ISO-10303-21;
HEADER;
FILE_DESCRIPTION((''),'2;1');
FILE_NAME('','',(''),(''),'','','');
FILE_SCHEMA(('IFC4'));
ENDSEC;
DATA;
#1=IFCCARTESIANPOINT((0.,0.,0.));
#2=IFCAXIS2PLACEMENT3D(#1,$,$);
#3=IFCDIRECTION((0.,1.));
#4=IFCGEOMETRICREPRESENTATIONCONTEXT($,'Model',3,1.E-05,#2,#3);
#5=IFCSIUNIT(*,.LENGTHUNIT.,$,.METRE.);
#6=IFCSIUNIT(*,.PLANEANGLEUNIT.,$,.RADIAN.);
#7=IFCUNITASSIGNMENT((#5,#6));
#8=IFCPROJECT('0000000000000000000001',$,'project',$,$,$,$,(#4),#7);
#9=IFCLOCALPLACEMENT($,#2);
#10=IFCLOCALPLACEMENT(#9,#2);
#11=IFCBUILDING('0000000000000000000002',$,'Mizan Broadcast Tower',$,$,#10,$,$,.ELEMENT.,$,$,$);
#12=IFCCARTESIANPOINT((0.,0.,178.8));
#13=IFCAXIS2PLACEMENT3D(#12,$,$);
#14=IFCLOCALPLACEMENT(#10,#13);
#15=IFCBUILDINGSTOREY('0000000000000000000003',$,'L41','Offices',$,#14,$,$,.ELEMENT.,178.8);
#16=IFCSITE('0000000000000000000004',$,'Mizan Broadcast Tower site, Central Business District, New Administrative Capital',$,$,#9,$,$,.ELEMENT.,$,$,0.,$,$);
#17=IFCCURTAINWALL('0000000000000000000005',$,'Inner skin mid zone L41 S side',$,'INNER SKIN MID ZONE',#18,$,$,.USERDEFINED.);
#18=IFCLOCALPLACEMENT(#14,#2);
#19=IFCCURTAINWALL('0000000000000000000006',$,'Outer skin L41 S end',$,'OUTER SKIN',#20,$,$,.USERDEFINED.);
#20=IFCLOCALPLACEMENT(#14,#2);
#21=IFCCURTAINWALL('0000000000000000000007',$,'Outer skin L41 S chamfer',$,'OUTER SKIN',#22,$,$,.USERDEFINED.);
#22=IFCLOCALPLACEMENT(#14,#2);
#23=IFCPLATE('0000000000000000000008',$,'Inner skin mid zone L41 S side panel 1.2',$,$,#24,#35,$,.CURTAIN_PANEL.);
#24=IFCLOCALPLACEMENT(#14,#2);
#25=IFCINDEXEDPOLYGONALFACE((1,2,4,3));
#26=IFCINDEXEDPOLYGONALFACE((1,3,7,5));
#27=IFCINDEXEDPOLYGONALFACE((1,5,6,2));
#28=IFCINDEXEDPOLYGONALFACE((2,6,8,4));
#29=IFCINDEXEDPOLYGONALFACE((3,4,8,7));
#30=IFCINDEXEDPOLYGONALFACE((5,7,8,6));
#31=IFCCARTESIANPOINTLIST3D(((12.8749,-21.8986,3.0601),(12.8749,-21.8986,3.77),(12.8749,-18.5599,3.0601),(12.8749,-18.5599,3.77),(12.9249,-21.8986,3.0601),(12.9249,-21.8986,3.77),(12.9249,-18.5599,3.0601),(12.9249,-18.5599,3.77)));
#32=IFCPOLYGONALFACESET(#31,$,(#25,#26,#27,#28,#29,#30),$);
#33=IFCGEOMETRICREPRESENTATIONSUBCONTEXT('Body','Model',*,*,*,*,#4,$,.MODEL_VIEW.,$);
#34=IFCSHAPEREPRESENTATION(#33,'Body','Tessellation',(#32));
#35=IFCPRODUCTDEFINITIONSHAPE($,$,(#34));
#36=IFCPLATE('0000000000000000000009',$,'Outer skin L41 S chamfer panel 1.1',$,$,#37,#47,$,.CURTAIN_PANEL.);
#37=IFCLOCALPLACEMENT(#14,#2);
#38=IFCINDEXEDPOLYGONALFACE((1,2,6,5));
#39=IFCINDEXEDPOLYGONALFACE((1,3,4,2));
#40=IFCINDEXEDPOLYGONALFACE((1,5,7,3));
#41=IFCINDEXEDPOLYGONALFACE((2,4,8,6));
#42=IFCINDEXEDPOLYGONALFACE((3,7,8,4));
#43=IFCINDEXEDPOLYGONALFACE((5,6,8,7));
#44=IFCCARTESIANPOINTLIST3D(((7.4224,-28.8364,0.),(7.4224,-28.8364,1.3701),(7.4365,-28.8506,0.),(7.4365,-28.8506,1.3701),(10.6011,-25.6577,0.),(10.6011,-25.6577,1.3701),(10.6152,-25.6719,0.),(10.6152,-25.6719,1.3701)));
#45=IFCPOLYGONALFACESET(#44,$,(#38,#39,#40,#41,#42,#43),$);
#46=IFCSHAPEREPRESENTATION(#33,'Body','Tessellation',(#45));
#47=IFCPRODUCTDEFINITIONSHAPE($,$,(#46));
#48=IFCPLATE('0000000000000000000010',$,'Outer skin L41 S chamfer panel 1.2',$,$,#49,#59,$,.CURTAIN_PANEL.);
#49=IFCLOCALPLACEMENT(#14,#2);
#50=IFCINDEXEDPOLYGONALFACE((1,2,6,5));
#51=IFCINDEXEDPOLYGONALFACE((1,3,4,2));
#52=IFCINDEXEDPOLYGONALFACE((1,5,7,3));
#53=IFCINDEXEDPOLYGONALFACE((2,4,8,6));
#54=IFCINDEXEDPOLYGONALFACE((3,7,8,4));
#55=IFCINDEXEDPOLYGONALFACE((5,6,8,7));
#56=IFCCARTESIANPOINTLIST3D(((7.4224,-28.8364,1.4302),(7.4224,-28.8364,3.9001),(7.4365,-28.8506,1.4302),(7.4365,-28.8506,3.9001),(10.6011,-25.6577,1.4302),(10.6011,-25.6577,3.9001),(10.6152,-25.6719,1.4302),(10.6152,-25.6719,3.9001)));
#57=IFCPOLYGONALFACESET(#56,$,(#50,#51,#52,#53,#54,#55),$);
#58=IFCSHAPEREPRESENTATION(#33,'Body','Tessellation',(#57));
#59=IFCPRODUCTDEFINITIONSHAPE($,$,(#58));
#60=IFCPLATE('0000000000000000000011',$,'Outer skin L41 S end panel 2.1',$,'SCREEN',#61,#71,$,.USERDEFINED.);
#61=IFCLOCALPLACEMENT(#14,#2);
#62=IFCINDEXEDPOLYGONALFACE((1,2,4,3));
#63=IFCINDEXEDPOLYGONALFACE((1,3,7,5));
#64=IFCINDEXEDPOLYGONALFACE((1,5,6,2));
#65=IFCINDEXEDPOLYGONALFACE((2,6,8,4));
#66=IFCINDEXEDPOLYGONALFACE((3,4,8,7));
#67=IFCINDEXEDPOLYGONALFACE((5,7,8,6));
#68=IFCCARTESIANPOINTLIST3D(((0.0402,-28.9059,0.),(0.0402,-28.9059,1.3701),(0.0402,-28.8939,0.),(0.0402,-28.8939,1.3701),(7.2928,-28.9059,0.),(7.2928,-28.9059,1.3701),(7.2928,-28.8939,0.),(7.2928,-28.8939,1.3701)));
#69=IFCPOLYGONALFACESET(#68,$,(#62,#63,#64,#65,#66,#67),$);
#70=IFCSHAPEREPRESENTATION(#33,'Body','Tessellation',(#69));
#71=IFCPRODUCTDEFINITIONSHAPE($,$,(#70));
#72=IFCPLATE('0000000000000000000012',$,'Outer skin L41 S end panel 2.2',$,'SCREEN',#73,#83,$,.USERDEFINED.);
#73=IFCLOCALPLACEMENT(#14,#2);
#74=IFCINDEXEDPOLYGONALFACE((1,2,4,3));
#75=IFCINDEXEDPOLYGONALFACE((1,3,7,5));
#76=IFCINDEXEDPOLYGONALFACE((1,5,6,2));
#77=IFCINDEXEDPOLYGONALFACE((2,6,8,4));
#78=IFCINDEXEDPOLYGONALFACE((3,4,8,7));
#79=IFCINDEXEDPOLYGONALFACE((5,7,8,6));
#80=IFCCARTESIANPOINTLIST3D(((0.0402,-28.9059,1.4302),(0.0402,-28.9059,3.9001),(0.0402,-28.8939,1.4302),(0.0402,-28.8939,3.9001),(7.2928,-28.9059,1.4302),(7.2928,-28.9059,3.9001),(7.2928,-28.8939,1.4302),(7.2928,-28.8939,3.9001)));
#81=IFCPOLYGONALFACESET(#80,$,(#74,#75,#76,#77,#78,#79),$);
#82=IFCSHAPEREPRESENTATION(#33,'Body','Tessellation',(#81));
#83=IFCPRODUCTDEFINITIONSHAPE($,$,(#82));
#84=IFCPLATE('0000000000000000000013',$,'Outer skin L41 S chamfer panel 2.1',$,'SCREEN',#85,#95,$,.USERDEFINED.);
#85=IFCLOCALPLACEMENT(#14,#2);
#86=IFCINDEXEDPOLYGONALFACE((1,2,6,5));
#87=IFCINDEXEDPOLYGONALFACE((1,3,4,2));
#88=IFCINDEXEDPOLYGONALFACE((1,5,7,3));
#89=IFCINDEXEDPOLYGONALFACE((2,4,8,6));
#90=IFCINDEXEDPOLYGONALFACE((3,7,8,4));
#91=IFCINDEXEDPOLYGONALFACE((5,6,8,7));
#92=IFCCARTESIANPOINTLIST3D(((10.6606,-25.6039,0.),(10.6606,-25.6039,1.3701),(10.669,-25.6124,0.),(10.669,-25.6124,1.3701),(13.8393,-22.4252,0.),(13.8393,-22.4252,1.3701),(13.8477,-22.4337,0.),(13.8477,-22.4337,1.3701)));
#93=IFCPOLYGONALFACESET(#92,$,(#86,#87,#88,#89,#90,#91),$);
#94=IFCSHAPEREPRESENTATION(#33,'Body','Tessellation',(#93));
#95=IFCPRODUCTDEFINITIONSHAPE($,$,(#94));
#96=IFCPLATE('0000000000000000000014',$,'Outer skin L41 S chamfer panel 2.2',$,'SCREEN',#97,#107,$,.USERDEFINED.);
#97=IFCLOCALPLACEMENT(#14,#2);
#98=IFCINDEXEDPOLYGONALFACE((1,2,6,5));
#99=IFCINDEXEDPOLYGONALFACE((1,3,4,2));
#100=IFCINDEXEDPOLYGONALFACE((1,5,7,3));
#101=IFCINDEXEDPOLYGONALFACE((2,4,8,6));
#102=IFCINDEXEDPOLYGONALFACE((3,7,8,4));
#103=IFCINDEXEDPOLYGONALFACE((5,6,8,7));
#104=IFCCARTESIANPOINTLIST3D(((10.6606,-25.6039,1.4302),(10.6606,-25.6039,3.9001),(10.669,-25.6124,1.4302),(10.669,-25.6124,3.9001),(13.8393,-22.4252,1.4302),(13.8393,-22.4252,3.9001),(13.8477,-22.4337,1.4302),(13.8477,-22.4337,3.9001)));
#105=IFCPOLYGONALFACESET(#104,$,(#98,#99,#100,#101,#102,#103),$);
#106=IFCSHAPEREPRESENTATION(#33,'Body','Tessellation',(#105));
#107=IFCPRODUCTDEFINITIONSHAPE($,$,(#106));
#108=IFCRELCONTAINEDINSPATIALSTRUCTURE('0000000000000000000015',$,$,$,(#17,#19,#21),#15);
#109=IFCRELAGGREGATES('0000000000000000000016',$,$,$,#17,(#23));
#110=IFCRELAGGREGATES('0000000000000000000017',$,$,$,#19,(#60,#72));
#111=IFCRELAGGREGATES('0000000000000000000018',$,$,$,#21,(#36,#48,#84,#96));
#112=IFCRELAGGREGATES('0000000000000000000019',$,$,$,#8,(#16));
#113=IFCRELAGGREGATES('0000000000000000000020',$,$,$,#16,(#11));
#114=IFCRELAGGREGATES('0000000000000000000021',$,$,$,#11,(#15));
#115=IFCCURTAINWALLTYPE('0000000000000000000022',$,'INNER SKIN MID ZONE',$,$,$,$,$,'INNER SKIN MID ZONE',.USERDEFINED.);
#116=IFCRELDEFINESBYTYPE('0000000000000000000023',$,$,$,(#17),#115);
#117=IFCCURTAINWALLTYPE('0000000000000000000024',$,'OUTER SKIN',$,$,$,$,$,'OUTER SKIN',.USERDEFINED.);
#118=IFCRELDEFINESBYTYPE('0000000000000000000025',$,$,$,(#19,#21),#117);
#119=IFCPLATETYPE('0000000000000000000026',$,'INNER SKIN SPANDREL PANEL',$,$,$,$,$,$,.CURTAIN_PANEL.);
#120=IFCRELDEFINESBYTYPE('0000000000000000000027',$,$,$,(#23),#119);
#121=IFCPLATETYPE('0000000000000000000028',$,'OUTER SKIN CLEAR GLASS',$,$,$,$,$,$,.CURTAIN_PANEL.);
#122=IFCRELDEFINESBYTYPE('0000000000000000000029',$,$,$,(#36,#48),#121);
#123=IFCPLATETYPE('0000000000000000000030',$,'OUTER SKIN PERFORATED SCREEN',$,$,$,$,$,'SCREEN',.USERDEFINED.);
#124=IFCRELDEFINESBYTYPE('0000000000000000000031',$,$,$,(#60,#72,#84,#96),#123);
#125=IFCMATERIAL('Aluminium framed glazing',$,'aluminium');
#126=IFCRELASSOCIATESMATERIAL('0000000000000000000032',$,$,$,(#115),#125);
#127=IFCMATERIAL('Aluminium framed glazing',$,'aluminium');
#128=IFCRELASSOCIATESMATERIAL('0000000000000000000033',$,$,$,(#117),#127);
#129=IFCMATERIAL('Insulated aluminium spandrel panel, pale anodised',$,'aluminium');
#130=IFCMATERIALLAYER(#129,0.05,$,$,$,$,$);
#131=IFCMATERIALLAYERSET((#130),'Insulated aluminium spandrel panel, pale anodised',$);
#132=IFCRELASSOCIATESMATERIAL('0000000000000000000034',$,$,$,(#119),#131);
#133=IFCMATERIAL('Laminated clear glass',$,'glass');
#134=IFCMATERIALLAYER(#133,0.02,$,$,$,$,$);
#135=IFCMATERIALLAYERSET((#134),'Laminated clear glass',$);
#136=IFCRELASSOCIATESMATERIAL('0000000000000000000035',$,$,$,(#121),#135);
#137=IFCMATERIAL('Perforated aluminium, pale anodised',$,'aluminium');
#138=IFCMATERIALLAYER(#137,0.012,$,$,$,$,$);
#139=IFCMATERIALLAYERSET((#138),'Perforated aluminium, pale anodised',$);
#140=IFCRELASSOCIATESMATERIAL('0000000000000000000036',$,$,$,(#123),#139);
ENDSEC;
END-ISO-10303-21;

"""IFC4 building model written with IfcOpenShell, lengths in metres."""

from ifc_helpers import new_model, si_unit, direction, frame, origin, origin_2d, place, context, subcontext, project, spatial, rectangle, extrude, material, layer, layer_set, type_object, element, aggregate, save


model = new_model("IFC4")

# Units and contexts
model_context = context("Model", 3, precision=1e-05, world=origin(), true_north=direction((0.0, 1.0)))
body_context = subcontext(model_context, "Body", "Model", "MODEL_VIEW")
ifc_project = project(units=[si_unit("LENGTHUNIT", "METRE"), si_unit("PLANEANGLEUNIT", "RADIAN")], contexts=[model_context])

# Site, building, storey
site_placement = place(None, origin())
site = spatial("IfcSite", under=ifc_project, at=site_placement, Name="Mizan Broadcast Tower site, Central Business District, New Administrative Capital", CompositionType="ELEMENT", RefElevation=0.0)
building_placement = place(site_placement, origin())
building = spatial("IfcBuilding", under=site, at=building_placement, Name="Mizan Broadcast Tower", CompositionType="ELEMENT")
storey_placement = place(building_placement, frame((0.0, 0.0, 178.8)))
storey = spatial("IfcBuildingStorey", under=building, at=storey_placement, Name="L41", Description="Offices", CompositionType="ELEMENT", Elevation=178.8)

# Shared definitions
ifc_material_1 = material(Name="Aluminium framed glazing", Category="aluminium")
curtain_wall_type_1 = type_object("IfcCurtainWallType", Name="INNER SKIN MID ZONE", ElementType="INNER SKIN MID ZONE", PredefinedType="USERDEFINED", material=ifc_material_1)

# Curtain wall
curtain_wall_1_placement = place(storey_placement, origin())
curtain_wall_1 = element("IfcCurtainWall", 1, at=curtain_wall_1_placement, inside=storey, type_object=curtain_wall_type_1, Name="Inner skin mid zone L41 S side", ObjectType="INNER SKIN MID ZONE", PredefinedType="USERDEFINED")

# Curtain wall
ifc_material_2 = material(Name="Aluminium framed glazing", Category="aluminium")
curtain_wall_type_2 = type_object("IfcCurtainWallType", Name="OUTER SKIN", ElementType="OUTER SKIN", PredefinedType="USERDEFINED", material=ifc_material_2)
curtain_wall_2_placement = place(storey_placement, origin())
curtain_wall_2 = element("IfcCurtainWall", 2, at=curtain_wall_2_placement, inside=storey, type_object=curtain_wall_type_2, Name="Outer skin L41 S end", ObjectType="OUTER SKIN", PredefinedType="USERDEFINED")

# Curtain wall
curtain_wall_3_placement = place(storey_placement, origin())
curtain_wall_3 = element("IfcCurtainWall", 3, at=curtain_wall_3_placement, inside=storey, type_object=curtain_wall_type_2, Name="Outer skin L41 S chamfer", ObjectType="OUTER SKIN", PredefinedType="USERDEFINED")

# Plates
ifc_material_3 = material(Name="Insulated aluminium spandrel panel, pale anodised", Category="aluminium")
ifc_layer_1 = layer(ifc_material_3, 0.05)
ifc_layer_set_1 = layer_set([ifc_layer_1], Name="Insulated aluminium spandrel panel, pale anodised")
plate_type_1 = type_object("IfcPlateType", Name="INNER SKIN SPANDREL PANEL", PredefinedType="CURTAIN_PANEL", material=ifc_layer_set_1)
plate_1_placement = place(storey_placement, frame((12.8999, -20.2292, 3.0601), z_axis=(0.0, 0.0, 1.0), x_axis=(0.0, 1.0, 0.0)))
plate_1 = element("IfcPlate", 4, at=plate_1_placement, type_object=plate_type_1, Name="Inner skin mid zone L41 S side panel 1.2", PredefinedType="CURTAIN_PANEL", context=body_context, shape_type="SweptSolid", body=[
    extrude(rectangle(XDim=3.3386, YDim=0.05, at=origin_2d()), origin(), (0.0, 0.0, 1.0), 0.71),
])
aggregate(curtain_wall_1, [plate_1])
ifc_material_4 = material(Name="Laminated clear glass", Category="glass")
ifc_layer_2 = layer(ifc_material_4, 0.02)
ifc_layer_set_2 = layer_set([ifc_layer_2], Name="Laminated clear glass")
plate_type_2 = type_object("IfcPlateType", Name="OUTER SKIN CLEAR GLASS", PredefinedType="CURTAIN_PANEL", material=ifc_layer_set_2)
plate_2_placement = place(storey_placement, frame((9.0188, -27.2542, 0.0), z_axis=(0.0, 0.0, 1.0), x_axis=(0.707107, 0.707107, 0.0)))
plate_2 = element("IfcPlate", 5, at=plate_2_placement, type_object=plate_type_2, Name="Outer skin L41 S chamfer panel 1.1", PredefinedType="CURTAIN_PANEL", context=body_context, shape_type="SweptSolid", body=[
    extrude(rectangle(XDim=4.4954, YDim=0.02, at=origin_2d()), origin(), (0.0, 0.0, 1.0), 1.3701),
])
plate_3_placement = place(storey_placement, frame((9.0188, -27.2542, 1.4302), z_axis=(0.0, 0.0, 1.0), x_axis=(0.707107, 0.707107, 0.0)))
plate_3 = element("IfcPlate", 6, at=plate_3_placement, type_object=plate_type_2, Name="Outer skin L41 S chamfer panel 1.2", PredefinedType="CURTAIN_PANEL", context=body_context, shape_type="SweptSolid", body=[
    extrude(rectangle(XDim=4.4954, YDim=0.02, at=origin_2d()), origin(), (0.0, 0.0, 1.0), 2.47),
])
ifc_material_5 = material(Name="Perforated aluminium, pale anodised", Category="aluminium")
ifc_layer_3 = layer(ifc_material_5, 0.012)
ifc_layer_set_3 = layer_set([ifc_layer_3], Name="Perforated aluminium, pale anodised")
plate_type_3 = type_object("IfcPlateType", Name="OUTER SKIN PERFORATED SCREEN", ElementType="SCREEN", PredefinedType="USERDEFINED", material=ifc_layer_set_3)
plate_4_placement = place(storey_placement, frame((3.6665, -28.8999, 0.0), z_axis=(0.0, 0.0, 1.0), x_axis=(1.0, 0.0, 0.0)))
plate_4 = element("IfcPlate", 7, at=plate_4_placement, type_object=plate_type_3, Name="Outer skin L41 S end panel 2.1", ObjectType="SCREEN", PredefinedType="USERDEFINED", context=body_context, shape_type="SweptSolid", body=[
    extrude(rectangle(XDim=7.2527, YDim=0.012, at=origin_2d()), origin(), (0.0, 0.0, 1.0), 1.3701),
])
plate_5_placement = place(storey_placement, frame((3.6665, -28.8999, 1.4302), z_axis=(0.0, 0.0, 1.0), x_axis=(1.0, 0.0, 0.0)))
plate_5 = element("IfcPlate", 8, at=plate_5_placement, type_object=plate_type_3, Name="Outer skin L41 S end panel 2.2", ObjectType="SCREEN", PredefinedType="USERDEFINED", context=body_context, shape_type="SweptSolid", body=[
    extrude(rectangle(XDim=7.2527, YDim=0.012, at=origin_2d()), origin(), (0.0, 0.0, 1.0), 2.47),
])
aggregate(curtain_wall_2, [plate_4, plate_5])
plate_6_placement = place(storey_placement, frame((12.2542, -24.0188, 0.0), z_axis=(0.0, 0.0, 1.0), x_axis=(0.707107, 0.707107, 0.0)))
plate_6 = element("IfcPlate", 9, at=plate_6_placement, type_object=plate_type_3, Name="Outer skin L41 S chamfer panel 2.1", ObjectType="SCREEN", PredefinedType="USERDEFINED", context=body_context, shape_type="SweptSolid", body=[
    extrude(rectangle(XDim=4.4954, YDim=0.012, at=origin_2d()), origin(), (0.0, 0.0, 1.0), 1.3701),
])
plate_7_placement = place(storey_placement, frame((12.2542, -24.0188, 1.4302), z_axis=(0.0, 0.0, 1.0), x_axis=(0.707107, 0.707107, 0.0)))
plate_7 = element("IfcPlate", 10, at=plate_7_placement, type_object=plate_type_3, Name="Outer skin L41 S chamfer panel 2.2", ObjectType="SCREEN", PredefinedType="USERDEFINED", context=body_context, shape_type="SweptSolid", body=[
    extrude(rectangle(XDim=4.4954, YDim=0.012, at=origin_2d()), origin(), (0.0, 0.0, 1.0), 2.47),
])
aggregate(curtain_wall_3, [plate_2, plate_3, plate_6, plate_7])

save(model, "model.ifc")
